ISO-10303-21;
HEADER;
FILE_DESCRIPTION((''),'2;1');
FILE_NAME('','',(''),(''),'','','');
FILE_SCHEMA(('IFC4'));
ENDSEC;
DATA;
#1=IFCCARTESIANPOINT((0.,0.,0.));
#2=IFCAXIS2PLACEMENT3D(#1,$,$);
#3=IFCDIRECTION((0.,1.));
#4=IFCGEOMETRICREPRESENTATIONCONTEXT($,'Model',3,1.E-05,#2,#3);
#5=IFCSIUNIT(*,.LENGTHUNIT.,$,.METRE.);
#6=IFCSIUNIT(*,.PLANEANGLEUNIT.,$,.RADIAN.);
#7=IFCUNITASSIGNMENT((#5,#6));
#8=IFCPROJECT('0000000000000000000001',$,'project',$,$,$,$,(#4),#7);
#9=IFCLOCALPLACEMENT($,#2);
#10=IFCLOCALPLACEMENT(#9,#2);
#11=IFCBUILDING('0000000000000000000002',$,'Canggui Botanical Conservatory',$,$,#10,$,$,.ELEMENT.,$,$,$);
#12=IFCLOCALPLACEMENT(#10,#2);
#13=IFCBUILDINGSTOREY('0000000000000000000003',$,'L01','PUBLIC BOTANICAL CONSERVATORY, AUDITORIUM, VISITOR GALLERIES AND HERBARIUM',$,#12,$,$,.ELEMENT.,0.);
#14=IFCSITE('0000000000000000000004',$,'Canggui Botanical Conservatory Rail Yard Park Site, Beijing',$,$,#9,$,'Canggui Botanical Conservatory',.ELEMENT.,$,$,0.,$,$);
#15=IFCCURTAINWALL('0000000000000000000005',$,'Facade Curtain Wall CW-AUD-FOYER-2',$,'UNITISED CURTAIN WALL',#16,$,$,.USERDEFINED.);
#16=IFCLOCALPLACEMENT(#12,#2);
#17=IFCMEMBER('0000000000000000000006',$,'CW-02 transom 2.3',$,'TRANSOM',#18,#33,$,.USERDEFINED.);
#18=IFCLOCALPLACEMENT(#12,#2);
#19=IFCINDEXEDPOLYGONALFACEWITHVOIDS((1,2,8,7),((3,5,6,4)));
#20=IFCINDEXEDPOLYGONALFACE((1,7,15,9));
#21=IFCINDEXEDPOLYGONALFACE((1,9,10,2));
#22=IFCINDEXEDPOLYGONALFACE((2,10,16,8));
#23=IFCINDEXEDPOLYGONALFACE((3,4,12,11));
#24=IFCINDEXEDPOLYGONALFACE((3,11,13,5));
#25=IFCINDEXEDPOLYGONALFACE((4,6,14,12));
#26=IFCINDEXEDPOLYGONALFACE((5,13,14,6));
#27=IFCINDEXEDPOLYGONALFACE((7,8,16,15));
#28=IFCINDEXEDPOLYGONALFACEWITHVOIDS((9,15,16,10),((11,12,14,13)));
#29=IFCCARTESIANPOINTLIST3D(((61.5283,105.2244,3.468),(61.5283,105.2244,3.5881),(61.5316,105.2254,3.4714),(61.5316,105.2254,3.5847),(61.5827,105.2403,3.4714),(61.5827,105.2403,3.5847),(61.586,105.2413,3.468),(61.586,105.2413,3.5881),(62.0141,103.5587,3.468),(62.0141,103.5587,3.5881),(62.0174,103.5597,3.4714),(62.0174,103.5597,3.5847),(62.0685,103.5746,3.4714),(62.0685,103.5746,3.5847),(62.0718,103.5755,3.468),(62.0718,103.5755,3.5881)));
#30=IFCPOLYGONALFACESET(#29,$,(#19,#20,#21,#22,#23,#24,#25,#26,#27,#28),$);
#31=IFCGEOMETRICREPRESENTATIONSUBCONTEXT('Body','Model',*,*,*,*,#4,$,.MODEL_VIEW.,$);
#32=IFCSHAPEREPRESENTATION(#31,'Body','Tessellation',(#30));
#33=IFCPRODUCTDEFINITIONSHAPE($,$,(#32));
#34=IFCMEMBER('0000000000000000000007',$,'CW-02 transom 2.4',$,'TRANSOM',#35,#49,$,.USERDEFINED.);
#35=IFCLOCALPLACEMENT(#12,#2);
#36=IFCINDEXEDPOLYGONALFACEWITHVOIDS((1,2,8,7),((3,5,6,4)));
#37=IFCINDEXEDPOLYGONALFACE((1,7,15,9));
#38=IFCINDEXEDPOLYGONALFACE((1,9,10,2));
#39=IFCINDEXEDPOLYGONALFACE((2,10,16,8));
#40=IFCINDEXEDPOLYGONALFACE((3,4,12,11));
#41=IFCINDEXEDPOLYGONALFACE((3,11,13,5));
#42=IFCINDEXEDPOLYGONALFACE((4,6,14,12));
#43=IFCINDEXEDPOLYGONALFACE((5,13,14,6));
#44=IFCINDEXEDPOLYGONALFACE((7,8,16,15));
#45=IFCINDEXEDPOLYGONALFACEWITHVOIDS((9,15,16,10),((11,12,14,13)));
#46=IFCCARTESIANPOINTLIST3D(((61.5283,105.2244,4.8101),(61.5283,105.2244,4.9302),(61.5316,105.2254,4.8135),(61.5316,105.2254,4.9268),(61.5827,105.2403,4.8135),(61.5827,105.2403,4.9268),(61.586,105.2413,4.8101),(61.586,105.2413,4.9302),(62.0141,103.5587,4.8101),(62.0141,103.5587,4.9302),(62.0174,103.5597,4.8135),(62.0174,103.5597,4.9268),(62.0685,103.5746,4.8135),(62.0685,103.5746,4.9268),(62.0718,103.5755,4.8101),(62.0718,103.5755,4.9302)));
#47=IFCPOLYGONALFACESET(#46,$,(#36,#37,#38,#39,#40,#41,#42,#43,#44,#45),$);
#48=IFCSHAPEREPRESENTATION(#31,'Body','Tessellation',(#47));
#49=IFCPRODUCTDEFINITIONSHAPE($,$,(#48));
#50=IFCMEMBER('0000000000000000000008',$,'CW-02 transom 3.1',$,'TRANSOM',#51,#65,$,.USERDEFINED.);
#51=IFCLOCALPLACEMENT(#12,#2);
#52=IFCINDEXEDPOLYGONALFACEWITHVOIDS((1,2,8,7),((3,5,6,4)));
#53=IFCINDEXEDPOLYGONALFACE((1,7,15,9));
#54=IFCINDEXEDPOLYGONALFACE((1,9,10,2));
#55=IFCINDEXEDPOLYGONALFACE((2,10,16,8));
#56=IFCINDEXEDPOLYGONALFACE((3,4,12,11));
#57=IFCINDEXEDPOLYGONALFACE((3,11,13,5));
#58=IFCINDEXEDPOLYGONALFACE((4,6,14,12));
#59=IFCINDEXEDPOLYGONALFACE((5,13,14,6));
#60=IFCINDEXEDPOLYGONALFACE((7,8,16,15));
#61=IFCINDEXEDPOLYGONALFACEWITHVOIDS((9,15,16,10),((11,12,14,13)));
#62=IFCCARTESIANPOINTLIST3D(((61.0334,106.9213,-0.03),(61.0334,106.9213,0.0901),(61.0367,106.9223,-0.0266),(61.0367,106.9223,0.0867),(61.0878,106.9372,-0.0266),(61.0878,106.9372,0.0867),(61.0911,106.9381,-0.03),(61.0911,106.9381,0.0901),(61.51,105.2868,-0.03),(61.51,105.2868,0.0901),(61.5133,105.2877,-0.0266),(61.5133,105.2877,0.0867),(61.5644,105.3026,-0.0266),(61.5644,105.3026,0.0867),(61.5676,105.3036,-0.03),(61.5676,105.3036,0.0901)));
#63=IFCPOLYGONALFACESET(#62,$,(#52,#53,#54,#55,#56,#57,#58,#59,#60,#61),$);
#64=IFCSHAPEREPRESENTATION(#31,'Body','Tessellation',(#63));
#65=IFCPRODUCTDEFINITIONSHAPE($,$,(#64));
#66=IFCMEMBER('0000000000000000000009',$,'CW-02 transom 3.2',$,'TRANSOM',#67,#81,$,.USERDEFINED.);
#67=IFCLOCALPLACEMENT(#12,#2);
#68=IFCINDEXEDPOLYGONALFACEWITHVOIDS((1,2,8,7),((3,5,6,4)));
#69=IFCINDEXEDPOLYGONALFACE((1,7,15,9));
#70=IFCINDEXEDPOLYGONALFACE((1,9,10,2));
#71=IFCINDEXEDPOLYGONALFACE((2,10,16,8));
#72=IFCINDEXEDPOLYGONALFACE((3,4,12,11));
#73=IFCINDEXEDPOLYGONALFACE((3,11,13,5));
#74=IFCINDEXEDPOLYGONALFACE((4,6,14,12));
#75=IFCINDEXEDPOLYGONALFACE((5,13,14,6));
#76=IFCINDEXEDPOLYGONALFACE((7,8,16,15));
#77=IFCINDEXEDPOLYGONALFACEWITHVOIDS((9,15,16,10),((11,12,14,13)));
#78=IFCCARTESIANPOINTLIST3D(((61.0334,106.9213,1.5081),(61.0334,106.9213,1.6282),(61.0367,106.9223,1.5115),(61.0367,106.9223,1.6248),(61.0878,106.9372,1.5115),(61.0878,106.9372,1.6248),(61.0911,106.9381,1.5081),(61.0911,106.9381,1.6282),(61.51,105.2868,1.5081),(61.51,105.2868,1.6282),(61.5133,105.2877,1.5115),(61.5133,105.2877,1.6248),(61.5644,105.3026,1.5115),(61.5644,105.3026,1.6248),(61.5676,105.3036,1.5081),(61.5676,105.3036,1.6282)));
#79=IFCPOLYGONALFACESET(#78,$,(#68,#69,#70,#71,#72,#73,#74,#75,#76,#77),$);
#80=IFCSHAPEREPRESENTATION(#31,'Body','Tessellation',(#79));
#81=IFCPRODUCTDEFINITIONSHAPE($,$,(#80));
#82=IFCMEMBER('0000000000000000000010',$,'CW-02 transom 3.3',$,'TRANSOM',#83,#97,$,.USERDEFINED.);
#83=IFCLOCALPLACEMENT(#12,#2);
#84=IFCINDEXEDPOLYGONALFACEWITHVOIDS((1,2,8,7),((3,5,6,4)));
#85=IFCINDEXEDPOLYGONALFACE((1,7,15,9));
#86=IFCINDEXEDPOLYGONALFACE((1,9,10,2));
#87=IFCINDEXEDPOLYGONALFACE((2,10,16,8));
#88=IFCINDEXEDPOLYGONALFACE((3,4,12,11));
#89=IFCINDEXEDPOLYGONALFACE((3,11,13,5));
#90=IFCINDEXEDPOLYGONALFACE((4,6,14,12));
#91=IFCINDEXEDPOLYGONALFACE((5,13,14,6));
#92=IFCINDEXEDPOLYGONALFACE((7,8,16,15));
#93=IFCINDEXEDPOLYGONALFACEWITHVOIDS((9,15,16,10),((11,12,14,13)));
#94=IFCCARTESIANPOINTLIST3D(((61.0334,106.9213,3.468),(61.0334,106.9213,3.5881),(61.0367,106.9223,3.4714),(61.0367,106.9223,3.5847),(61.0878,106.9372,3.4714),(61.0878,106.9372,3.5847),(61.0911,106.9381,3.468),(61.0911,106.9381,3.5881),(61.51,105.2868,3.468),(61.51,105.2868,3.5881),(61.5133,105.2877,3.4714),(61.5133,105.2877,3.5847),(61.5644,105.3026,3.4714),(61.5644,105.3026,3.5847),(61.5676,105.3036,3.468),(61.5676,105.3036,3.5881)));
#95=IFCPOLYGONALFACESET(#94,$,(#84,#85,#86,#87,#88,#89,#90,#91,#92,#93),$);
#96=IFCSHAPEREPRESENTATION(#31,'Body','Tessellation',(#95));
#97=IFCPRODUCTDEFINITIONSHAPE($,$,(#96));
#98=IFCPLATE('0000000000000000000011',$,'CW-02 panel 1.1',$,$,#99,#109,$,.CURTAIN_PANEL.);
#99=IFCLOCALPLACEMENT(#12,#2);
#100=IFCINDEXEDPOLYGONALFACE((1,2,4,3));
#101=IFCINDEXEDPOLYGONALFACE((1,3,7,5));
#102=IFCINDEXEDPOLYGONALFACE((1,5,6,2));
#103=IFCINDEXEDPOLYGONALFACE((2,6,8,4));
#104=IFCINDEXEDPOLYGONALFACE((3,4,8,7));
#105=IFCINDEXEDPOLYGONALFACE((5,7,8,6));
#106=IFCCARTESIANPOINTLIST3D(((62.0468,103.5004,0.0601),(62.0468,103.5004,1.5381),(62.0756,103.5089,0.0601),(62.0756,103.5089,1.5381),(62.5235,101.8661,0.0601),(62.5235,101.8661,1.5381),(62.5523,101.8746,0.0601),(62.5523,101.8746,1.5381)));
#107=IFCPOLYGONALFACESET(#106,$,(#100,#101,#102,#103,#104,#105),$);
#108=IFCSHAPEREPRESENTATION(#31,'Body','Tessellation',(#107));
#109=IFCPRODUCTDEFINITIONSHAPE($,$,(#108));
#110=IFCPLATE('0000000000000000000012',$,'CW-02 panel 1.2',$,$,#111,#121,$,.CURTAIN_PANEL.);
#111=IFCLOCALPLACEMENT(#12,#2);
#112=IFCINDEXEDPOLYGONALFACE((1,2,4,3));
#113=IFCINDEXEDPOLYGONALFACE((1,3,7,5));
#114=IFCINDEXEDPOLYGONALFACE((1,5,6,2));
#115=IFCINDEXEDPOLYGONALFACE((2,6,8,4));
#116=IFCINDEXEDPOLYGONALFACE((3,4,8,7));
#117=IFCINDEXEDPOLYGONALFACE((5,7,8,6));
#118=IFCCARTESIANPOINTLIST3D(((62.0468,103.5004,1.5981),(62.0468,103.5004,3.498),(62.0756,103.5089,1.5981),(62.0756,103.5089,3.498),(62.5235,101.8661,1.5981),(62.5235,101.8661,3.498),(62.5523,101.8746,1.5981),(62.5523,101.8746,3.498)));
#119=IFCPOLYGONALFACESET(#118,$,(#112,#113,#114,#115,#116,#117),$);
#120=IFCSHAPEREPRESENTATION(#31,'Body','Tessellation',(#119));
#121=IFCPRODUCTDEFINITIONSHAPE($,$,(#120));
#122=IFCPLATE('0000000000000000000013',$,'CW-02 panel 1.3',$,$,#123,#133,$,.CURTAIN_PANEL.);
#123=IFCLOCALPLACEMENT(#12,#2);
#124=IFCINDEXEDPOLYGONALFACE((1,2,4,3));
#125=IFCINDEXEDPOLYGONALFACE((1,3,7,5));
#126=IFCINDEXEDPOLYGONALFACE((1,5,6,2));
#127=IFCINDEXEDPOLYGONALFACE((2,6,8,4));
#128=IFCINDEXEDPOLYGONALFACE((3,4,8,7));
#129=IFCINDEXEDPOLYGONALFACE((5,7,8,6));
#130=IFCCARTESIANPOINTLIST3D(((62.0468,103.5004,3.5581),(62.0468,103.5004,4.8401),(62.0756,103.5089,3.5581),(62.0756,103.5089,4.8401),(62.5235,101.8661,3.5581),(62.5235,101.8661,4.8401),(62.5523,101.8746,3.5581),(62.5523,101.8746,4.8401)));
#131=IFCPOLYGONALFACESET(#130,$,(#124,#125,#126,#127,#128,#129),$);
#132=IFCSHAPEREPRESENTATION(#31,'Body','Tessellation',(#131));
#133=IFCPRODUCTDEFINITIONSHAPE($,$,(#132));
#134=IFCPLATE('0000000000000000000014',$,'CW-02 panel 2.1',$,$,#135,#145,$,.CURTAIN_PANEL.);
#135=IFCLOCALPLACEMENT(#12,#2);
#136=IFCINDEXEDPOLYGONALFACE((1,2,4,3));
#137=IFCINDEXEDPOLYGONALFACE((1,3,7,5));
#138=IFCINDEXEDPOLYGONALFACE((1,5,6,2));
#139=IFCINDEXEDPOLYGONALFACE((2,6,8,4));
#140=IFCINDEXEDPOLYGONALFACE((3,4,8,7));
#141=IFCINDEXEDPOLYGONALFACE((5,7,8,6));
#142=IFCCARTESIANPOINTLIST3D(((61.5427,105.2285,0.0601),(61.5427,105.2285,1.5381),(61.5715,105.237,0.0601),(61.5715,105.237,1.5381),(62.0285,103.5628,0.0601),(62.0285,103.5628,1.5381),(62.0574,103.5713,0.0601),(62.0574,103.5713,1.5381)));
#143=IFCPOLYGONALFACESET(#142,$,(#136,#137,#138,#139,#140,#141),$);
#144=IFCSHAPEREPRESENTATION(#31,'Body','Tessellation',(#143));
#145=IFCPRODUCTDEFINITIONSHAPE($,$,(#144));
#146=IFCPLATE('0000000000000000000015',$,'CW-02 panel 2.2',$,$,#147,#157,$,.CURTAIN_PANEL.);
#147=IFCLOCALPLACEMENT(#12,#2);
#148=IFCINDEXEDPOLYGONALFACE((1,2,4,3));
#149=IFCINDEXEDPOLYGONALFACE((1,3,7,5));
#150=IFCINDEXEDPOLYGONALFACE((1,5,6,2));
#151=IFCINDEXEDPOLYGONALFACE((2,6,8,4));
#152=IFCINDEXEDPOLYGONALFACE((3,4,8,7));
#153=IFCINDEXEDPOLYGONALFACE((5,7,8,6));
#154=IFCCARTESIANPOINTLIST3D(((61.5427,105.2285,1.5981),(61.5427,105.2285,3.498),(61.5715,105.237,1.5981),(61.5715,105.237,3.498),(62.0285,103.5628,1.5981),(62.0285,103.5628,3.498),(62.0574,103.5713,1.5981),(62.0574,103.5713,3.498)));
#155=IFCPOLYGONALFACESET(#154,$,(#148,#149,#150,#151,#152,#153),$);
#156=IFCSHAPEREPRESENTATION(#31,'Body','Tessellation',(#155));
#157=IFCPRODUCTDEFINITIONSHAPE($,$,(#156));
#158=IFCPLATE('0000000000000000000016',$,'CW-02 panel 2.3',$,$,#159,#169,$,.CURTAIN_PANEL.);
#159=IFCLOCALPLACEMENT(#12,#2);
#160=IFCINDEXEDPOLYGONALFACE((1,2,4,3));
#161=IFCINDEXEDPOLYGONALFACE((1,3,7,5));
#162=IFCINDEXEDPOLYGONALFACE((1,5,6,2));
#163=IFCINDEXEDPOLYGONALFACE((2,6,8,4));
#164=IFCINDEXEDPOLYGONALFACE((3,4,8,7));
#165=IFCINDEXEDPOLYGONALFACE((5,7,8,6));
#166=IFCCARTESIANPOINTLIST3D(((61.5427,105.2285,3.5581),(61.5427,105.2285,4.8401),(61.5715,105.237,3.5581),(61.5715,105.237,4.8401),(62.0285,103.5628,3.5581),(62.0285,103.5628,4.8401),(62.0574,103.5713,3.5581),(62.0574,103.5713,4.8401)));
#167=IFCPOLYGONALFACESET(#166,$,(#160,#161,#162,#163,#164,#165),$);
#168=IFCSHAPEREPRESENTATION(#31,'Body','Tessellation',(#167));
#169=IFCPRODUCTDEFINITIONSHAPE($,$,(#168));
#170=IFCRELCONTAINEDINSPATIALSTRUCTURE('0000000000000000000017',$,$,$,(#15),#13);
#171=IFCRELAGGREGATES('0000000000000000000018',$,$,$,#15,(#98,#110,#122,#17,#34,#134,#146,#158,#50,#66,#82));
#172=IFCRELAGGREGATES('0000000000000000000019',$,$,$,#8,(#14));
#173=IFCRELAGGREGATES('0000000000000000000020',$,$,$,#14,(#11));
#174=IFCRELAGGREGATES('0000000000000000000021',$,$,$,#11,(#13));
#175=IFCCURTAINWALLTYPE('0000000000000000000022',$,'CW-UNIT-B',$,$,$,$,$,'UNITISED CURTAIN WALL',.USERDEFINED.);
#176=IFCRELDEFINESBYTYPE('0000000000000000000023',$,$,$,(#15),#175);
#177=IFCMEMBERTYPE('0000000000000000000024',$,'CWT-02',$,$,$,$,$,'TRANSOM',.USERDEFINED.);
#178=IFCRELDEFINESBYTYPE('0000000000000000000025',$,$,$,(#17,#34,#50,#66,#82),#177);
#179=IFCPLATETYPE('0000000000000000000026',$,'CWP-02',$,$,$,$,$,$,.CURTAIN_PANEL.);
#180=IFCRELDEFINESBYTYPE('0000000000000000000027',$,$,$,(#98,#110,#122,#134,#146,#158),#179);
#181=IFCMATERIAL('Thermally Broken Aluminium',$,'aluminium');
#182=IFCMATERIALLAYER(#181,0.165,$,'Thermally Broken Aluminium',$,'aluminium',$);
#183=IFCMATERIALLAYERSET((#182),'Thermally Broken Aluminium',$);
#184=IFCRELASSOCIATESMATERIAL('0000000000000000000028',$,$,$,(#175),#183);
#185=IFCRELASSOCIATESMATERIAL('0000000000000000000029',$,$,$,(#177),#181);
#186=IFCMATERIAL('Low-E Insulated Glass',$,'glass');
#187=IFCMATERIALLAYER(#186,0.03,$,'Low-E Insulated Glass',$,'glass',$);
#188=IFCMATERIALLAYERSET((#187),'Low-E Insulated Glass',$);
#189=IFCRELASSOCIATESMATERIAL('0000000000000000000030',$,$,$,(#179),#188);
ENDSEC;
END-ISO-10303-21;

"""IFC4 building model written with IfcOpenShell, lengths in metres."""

from ifc_helpers import new_model, si_unit, direction, frame, origin, origin_2d, place, context, subcontext, project, spatial, rectangle, hollow_rectangle, extrude, material, layer, layer_set, material_profile, profile_set, type_object, element, aggregate, save


model = new_model("IFC4")

# Units and contexts
model_context = context("Model", 3, precision=1e-05, world=origin(), true_north=direction((0.0, 1.0)))
body_context = subcontext(model_context, "Body", "Model", "MODEL_VIEW")
ifc_project = project(units=[si_unit("LENGTHUNIT", "METRE"), si_unit("PLANEANGLEUNIT", "RADIAN")], contexts=[model_context])

# Site, building, storey
site_placement = place(None, origin())
site = spatial("IfcSite", under=ifc_project, at=site_placement, Name="Canggui Botanical Conservatory Rail Yard Park Site, Beijing", LongName="Canggui Botanical Conservatory", CompositionType="ELEMENT", RefElevation=0.0)
building_placement = place(site_placement, origin())
building = spatial("IfcBuilding", under=site, at=building_placement, Name="Canggui Botanical Conservatory", CompositionType="ELEMENT")
storey_placement = place(building_placement, origin())
storey = spatial("IfcBuildingStorey", under=building, at=storey_placement, Name="L01", Description="PUBLIC BOTANICAL CONSERVATORY, AUDITORIUM, VISITOR GALLERIES AND HERBARIUM", CompositionType="ELEMENT", Elevation=0.0)

# Curtain wall, members, plates
ifc_material_1 = material(Name="Thermally Broken Aluminium", Category="aluminium")
ifc_layer_1 = layer(ifc_material_1, 0.165, Name="Thermally Broken Aluminium", Category="aluminium")
ifc_layer_set_1 = layer_set([ifc_layer_1], Name="Thermally Broken Aluminium")
curtain_wall_type = type_object("IfcCurtainWallType", Name="CW-UNIT-B", ElementType="UNITISED CURTAIN WALL", PredefinedType="USERDEFINED", material=ifc_layer_set_1)
curtain_wall_placement = place(storey_placement, origin())
curtain_wall = element("IfcCurtainWall", 1, at=curtain_wall_placement, inside=storey, type_object=curtain_wall_type, Name="Facade Curtain Wall CW-AUD-FOYER-2", ObjectType="UNITISED CURTAIN WALL", PredefinedType="USERDEFINED")
ifc_material_profile_1 = material_profile(ifc_material_1, hollow_rectangle(XDim=0.0601, YDim=0.1201, WallThickness=0.0034, at=origin_2d()), Name="CWT 60x120x3.5")
ifc_profile_set_1 = profile_set([ifc_material_profile_1], Name="Thermally Broken Aluminium")
member_type_1 = type_object("IfcMemberType", Name="CWT-02", ElementType="TRANSOM", PredefinedType="USERDEFINED", material=ifc_profile_set_1)
member_1_placement = place(storey_placement, frame((62.043, 103.5671, 3.5281), z_axis=(-0.279995, 0.960002, 0.0), x_axis=(-0.960002, -0.279995, 0.0)))
member_1 = element("IfcMember", 2, at=member_1_placement, type_object=member_type_1, Name="CW-02 transom 2.3", ObjectType="TRANSOM", PredefinedType="USERDEFINED", context=body_context, shape_type="SweptSolid", body=[
    extrude(hollow_rectangle(XDim=0.0601, YDim=0.1201, WallThickness=0.0034, at=origin_2d()), origin(), (0.0, 0.0, 1.0), 1.7351),
])
member_2_placement = place(storey_placement, frame((62.043, 103.5671, 4.8701), z_axis=(-0.279995, 0.960002, 0.0), x_axis=(-0.960002, -0.279995, 0.0)))
member_2 = element("IfcMember", 3, at=member_2_placement, type_object=member_type_1, Name="CW-02 transom 2.4", ObjectType="TRANSOM", PredefinedType="USERDEFINED", context=body_context, shape_type="SweptSolid", body=[
    extrude(hollow_rectangle(XDim=0.0601, YDim=0.1201, WallThickness=0.0034, at=origin_2d()), origin(), (0.0, 0.0, 1.0), 1.7351),
])
member_3_placement = place(storey_placement, frame((61.5388, 105.2952, 0.03), z_axis=(-0.279906, 0.960027, 0.0), x_axis=(-0.960027, -0.279906, 0.0)))
member_3 = element("IfcMember", 4, at=member_3_placement, type_object=member_type_1, Name="CW-02 transom 3.1", ObjectType="TRANSOM", PredefinedType="USERDEFINED", context=body_context, shape_type="SweptSolid", body=[
    extrude(hollow_rectangle(XDim=0.0601, YDim=0.1201, WallThickness=0.0034, at=origin_2d()), origin(), (0.0, 0.0, 1.0), 1.7026),
])
member_4_placement = place(storey_placement, frame((61.5388, 105.2952, 1.5681), z_axis=(-0.279906, 0.960027, 0.0), x_axis=(-0.960027, -0.279906, 0.0)))
member_4 = element("IfcMember", 5, at=member_4_placement, type_object=member_type_1, Name="CW-02 transom 3.2", ObjectType="TRANSOM", PredefinedType="USERDEFINED", context=body_context, shape_type="SweptSolid", body=[
    extrude(hollow_rectangle(XDim=0.0601, YDim=0.1201, WallThickness=0.0034, at=origin_2d()), origin(), (0.0, 0.0, 1.0), 1.7026),
])
member_5_placement = place(storey_placement, frame((61.5388, 105.2952, 3.5281), z_axis=(-0.279906, 0.960027, 0.0), x_axis=(-0.960027, -0.279906, 0.0)))
member_5 = element("IfcMember", 6, at=member_5_placement, type_object=member_type_1, Name="CW-02 transom 3.3", ObjectType="TRANSOM", PredefinedType="USERDEFINED", context=body_context, shape_type="SweptSolid", body=[
    extrude(hollow_rectangle(XDim=0.0601, YDim=0.1201, WallThickness=0.0034, at=origin_2d()), origin(), (0.0, 0.0, 1.0), 1.7026),
])
ifc_material_2 = material(Name="Low-E Insulated Glass", Category="glass")
ifc_layer_2 = layer(ifc_material_2, 0.03, Name="Low-E Insulated Glass", Category="glass")
ifc_layer_set_2 = layer_set([ifc_layer_2], Name="Low-E Insulated Glass")
plate_type = type_object("IfcPlateType", Name="CWP-02", PredefinedType="CURTAIN_PANEL", material=ifc_layer_set_2)
plate_1_placement = place(storey_placement, frame((62.2996, 102.6875, 0.0601), z_axis=(0.0, 0.0, 1.0), x_axis=(-0.28, 0.96, 0.0)))
plate_1 = element("IfcPlate", 7, at=plate_1_placement, type_object=plate_type, Name="CW-02 panel 1.1", PredefinedType="CURTAIN_PANEL", context=body_context, shape_type="SweptSolid", body=[
    extrude(rectangle(XDim=1.7024, YDim=0.03, at=origin_2d()), origin(), (0.0, 0.0, 1.0), 1.478),
])
plate_2_placement = place(storey_placement, frame((62.2996, 102.6875, 1.5981), z_axis=(0.0, 0.0, 1.0), x_axis=(-0.28, 0.96, 0.0)))
plate_2 = element("IfcPlate", 8, at=plate_2_placement, type_object=plate_type, Name="CW-02 panel 1.2", PredefinedType="CURTAIN_PANEL", context=body_context, shape_type="SweptSolid", body=[
    extrude(rectangle(XDim=1.7024, YDim=0.03, at=origin_2d()), origin(), (0.0, 0.0, 1.0), 1.8999),
])
plate_3_placement = place(storey_placement, frame((62.2996, 102.6875, 3.5581), z_axis=(0.0, 0.0, 1.0), x_axis=(-0.28, 0.96, 0.0)))
plate_3 = element("IfcPlate", 9, at=plate_3_placement, type_object=plate_type, Name="CW-02 panel 1.3", PredefinedType="CURTAIN_PANEL", context=body_context, shape_type="SweptSolid", body=[
    extrude(rectangle(XDim=1.7024, YDim=0.03, at=origin_2d()), origin(), (0.0, 0.0, 1.0), 1.282),
])
plate_4_placement = place(storey_placement, frame((61.8, 104.3999, 0.0601), z_axis=(0.0, 0.0, 1.0), x_axis=(-0.28, 0.96, 0.0)))
plate_4 = element("IfcPlate", 10, at=plate_4_placement, type_object=plate_type, Name="CW-02 panel 2.1", PredefinedType="CURTAIN_PANEL", context=body_context, shape_type="SweptSolid", body=[
    extrude(rectangle(XDim=1.7351, YDim=0.03, at=origin_2d()), origin(), (0.0, 0.0, 1.0), 1.478),
])
plate_5_placement = place(storey_placement, frame((61.8, 104.3999, 1.5981), z_axis=(0.0, 0.0, 1.0), x_axis=(-0.28, 0.96, 0.0)))
plate_5 = element("IfcPlate", 11, at=plate_5_placement, type_object=plate_type, Name="CW-02 panel 2.2", PredefinedType="CURTAIN_PANEL", context=body_context, shape_type="SweptSolid", body=[
    extrude(rectangle(XDim=1.7351, YDim=0.03, at=origin_2d()), origin(), (0.0, 0.0, 1.0), 1.8999),
])
plate_6_placement = place(storey_placement, frame((61.8, 104.3999, 3.5581), z_axis=(0.0, 0.0, 1.0), x_axis=(-0.28, 0.96, 0.0)))
plate_6 = element("IfcPlate", 12, at=plate_6_placement, type_object=plate_type, Name="CW-02 panel 2.3", PredefinedType="CURTAIN_PANEL", context=body_context, shape_type="SweptSolid", body=[
    extrude(rectangle(XDim=1.7351, YDim=0.03, at=origin_2d()), origin(), (0.0, 0.0, 1.0), 1.282),
])
aggregate(curtain_wall, [plate_1, plate_2, plate_3, member_1, member_2, plate_4, plate_5, plate_6, member_3, member_4, member_5])

save(model, "model.ifc")
